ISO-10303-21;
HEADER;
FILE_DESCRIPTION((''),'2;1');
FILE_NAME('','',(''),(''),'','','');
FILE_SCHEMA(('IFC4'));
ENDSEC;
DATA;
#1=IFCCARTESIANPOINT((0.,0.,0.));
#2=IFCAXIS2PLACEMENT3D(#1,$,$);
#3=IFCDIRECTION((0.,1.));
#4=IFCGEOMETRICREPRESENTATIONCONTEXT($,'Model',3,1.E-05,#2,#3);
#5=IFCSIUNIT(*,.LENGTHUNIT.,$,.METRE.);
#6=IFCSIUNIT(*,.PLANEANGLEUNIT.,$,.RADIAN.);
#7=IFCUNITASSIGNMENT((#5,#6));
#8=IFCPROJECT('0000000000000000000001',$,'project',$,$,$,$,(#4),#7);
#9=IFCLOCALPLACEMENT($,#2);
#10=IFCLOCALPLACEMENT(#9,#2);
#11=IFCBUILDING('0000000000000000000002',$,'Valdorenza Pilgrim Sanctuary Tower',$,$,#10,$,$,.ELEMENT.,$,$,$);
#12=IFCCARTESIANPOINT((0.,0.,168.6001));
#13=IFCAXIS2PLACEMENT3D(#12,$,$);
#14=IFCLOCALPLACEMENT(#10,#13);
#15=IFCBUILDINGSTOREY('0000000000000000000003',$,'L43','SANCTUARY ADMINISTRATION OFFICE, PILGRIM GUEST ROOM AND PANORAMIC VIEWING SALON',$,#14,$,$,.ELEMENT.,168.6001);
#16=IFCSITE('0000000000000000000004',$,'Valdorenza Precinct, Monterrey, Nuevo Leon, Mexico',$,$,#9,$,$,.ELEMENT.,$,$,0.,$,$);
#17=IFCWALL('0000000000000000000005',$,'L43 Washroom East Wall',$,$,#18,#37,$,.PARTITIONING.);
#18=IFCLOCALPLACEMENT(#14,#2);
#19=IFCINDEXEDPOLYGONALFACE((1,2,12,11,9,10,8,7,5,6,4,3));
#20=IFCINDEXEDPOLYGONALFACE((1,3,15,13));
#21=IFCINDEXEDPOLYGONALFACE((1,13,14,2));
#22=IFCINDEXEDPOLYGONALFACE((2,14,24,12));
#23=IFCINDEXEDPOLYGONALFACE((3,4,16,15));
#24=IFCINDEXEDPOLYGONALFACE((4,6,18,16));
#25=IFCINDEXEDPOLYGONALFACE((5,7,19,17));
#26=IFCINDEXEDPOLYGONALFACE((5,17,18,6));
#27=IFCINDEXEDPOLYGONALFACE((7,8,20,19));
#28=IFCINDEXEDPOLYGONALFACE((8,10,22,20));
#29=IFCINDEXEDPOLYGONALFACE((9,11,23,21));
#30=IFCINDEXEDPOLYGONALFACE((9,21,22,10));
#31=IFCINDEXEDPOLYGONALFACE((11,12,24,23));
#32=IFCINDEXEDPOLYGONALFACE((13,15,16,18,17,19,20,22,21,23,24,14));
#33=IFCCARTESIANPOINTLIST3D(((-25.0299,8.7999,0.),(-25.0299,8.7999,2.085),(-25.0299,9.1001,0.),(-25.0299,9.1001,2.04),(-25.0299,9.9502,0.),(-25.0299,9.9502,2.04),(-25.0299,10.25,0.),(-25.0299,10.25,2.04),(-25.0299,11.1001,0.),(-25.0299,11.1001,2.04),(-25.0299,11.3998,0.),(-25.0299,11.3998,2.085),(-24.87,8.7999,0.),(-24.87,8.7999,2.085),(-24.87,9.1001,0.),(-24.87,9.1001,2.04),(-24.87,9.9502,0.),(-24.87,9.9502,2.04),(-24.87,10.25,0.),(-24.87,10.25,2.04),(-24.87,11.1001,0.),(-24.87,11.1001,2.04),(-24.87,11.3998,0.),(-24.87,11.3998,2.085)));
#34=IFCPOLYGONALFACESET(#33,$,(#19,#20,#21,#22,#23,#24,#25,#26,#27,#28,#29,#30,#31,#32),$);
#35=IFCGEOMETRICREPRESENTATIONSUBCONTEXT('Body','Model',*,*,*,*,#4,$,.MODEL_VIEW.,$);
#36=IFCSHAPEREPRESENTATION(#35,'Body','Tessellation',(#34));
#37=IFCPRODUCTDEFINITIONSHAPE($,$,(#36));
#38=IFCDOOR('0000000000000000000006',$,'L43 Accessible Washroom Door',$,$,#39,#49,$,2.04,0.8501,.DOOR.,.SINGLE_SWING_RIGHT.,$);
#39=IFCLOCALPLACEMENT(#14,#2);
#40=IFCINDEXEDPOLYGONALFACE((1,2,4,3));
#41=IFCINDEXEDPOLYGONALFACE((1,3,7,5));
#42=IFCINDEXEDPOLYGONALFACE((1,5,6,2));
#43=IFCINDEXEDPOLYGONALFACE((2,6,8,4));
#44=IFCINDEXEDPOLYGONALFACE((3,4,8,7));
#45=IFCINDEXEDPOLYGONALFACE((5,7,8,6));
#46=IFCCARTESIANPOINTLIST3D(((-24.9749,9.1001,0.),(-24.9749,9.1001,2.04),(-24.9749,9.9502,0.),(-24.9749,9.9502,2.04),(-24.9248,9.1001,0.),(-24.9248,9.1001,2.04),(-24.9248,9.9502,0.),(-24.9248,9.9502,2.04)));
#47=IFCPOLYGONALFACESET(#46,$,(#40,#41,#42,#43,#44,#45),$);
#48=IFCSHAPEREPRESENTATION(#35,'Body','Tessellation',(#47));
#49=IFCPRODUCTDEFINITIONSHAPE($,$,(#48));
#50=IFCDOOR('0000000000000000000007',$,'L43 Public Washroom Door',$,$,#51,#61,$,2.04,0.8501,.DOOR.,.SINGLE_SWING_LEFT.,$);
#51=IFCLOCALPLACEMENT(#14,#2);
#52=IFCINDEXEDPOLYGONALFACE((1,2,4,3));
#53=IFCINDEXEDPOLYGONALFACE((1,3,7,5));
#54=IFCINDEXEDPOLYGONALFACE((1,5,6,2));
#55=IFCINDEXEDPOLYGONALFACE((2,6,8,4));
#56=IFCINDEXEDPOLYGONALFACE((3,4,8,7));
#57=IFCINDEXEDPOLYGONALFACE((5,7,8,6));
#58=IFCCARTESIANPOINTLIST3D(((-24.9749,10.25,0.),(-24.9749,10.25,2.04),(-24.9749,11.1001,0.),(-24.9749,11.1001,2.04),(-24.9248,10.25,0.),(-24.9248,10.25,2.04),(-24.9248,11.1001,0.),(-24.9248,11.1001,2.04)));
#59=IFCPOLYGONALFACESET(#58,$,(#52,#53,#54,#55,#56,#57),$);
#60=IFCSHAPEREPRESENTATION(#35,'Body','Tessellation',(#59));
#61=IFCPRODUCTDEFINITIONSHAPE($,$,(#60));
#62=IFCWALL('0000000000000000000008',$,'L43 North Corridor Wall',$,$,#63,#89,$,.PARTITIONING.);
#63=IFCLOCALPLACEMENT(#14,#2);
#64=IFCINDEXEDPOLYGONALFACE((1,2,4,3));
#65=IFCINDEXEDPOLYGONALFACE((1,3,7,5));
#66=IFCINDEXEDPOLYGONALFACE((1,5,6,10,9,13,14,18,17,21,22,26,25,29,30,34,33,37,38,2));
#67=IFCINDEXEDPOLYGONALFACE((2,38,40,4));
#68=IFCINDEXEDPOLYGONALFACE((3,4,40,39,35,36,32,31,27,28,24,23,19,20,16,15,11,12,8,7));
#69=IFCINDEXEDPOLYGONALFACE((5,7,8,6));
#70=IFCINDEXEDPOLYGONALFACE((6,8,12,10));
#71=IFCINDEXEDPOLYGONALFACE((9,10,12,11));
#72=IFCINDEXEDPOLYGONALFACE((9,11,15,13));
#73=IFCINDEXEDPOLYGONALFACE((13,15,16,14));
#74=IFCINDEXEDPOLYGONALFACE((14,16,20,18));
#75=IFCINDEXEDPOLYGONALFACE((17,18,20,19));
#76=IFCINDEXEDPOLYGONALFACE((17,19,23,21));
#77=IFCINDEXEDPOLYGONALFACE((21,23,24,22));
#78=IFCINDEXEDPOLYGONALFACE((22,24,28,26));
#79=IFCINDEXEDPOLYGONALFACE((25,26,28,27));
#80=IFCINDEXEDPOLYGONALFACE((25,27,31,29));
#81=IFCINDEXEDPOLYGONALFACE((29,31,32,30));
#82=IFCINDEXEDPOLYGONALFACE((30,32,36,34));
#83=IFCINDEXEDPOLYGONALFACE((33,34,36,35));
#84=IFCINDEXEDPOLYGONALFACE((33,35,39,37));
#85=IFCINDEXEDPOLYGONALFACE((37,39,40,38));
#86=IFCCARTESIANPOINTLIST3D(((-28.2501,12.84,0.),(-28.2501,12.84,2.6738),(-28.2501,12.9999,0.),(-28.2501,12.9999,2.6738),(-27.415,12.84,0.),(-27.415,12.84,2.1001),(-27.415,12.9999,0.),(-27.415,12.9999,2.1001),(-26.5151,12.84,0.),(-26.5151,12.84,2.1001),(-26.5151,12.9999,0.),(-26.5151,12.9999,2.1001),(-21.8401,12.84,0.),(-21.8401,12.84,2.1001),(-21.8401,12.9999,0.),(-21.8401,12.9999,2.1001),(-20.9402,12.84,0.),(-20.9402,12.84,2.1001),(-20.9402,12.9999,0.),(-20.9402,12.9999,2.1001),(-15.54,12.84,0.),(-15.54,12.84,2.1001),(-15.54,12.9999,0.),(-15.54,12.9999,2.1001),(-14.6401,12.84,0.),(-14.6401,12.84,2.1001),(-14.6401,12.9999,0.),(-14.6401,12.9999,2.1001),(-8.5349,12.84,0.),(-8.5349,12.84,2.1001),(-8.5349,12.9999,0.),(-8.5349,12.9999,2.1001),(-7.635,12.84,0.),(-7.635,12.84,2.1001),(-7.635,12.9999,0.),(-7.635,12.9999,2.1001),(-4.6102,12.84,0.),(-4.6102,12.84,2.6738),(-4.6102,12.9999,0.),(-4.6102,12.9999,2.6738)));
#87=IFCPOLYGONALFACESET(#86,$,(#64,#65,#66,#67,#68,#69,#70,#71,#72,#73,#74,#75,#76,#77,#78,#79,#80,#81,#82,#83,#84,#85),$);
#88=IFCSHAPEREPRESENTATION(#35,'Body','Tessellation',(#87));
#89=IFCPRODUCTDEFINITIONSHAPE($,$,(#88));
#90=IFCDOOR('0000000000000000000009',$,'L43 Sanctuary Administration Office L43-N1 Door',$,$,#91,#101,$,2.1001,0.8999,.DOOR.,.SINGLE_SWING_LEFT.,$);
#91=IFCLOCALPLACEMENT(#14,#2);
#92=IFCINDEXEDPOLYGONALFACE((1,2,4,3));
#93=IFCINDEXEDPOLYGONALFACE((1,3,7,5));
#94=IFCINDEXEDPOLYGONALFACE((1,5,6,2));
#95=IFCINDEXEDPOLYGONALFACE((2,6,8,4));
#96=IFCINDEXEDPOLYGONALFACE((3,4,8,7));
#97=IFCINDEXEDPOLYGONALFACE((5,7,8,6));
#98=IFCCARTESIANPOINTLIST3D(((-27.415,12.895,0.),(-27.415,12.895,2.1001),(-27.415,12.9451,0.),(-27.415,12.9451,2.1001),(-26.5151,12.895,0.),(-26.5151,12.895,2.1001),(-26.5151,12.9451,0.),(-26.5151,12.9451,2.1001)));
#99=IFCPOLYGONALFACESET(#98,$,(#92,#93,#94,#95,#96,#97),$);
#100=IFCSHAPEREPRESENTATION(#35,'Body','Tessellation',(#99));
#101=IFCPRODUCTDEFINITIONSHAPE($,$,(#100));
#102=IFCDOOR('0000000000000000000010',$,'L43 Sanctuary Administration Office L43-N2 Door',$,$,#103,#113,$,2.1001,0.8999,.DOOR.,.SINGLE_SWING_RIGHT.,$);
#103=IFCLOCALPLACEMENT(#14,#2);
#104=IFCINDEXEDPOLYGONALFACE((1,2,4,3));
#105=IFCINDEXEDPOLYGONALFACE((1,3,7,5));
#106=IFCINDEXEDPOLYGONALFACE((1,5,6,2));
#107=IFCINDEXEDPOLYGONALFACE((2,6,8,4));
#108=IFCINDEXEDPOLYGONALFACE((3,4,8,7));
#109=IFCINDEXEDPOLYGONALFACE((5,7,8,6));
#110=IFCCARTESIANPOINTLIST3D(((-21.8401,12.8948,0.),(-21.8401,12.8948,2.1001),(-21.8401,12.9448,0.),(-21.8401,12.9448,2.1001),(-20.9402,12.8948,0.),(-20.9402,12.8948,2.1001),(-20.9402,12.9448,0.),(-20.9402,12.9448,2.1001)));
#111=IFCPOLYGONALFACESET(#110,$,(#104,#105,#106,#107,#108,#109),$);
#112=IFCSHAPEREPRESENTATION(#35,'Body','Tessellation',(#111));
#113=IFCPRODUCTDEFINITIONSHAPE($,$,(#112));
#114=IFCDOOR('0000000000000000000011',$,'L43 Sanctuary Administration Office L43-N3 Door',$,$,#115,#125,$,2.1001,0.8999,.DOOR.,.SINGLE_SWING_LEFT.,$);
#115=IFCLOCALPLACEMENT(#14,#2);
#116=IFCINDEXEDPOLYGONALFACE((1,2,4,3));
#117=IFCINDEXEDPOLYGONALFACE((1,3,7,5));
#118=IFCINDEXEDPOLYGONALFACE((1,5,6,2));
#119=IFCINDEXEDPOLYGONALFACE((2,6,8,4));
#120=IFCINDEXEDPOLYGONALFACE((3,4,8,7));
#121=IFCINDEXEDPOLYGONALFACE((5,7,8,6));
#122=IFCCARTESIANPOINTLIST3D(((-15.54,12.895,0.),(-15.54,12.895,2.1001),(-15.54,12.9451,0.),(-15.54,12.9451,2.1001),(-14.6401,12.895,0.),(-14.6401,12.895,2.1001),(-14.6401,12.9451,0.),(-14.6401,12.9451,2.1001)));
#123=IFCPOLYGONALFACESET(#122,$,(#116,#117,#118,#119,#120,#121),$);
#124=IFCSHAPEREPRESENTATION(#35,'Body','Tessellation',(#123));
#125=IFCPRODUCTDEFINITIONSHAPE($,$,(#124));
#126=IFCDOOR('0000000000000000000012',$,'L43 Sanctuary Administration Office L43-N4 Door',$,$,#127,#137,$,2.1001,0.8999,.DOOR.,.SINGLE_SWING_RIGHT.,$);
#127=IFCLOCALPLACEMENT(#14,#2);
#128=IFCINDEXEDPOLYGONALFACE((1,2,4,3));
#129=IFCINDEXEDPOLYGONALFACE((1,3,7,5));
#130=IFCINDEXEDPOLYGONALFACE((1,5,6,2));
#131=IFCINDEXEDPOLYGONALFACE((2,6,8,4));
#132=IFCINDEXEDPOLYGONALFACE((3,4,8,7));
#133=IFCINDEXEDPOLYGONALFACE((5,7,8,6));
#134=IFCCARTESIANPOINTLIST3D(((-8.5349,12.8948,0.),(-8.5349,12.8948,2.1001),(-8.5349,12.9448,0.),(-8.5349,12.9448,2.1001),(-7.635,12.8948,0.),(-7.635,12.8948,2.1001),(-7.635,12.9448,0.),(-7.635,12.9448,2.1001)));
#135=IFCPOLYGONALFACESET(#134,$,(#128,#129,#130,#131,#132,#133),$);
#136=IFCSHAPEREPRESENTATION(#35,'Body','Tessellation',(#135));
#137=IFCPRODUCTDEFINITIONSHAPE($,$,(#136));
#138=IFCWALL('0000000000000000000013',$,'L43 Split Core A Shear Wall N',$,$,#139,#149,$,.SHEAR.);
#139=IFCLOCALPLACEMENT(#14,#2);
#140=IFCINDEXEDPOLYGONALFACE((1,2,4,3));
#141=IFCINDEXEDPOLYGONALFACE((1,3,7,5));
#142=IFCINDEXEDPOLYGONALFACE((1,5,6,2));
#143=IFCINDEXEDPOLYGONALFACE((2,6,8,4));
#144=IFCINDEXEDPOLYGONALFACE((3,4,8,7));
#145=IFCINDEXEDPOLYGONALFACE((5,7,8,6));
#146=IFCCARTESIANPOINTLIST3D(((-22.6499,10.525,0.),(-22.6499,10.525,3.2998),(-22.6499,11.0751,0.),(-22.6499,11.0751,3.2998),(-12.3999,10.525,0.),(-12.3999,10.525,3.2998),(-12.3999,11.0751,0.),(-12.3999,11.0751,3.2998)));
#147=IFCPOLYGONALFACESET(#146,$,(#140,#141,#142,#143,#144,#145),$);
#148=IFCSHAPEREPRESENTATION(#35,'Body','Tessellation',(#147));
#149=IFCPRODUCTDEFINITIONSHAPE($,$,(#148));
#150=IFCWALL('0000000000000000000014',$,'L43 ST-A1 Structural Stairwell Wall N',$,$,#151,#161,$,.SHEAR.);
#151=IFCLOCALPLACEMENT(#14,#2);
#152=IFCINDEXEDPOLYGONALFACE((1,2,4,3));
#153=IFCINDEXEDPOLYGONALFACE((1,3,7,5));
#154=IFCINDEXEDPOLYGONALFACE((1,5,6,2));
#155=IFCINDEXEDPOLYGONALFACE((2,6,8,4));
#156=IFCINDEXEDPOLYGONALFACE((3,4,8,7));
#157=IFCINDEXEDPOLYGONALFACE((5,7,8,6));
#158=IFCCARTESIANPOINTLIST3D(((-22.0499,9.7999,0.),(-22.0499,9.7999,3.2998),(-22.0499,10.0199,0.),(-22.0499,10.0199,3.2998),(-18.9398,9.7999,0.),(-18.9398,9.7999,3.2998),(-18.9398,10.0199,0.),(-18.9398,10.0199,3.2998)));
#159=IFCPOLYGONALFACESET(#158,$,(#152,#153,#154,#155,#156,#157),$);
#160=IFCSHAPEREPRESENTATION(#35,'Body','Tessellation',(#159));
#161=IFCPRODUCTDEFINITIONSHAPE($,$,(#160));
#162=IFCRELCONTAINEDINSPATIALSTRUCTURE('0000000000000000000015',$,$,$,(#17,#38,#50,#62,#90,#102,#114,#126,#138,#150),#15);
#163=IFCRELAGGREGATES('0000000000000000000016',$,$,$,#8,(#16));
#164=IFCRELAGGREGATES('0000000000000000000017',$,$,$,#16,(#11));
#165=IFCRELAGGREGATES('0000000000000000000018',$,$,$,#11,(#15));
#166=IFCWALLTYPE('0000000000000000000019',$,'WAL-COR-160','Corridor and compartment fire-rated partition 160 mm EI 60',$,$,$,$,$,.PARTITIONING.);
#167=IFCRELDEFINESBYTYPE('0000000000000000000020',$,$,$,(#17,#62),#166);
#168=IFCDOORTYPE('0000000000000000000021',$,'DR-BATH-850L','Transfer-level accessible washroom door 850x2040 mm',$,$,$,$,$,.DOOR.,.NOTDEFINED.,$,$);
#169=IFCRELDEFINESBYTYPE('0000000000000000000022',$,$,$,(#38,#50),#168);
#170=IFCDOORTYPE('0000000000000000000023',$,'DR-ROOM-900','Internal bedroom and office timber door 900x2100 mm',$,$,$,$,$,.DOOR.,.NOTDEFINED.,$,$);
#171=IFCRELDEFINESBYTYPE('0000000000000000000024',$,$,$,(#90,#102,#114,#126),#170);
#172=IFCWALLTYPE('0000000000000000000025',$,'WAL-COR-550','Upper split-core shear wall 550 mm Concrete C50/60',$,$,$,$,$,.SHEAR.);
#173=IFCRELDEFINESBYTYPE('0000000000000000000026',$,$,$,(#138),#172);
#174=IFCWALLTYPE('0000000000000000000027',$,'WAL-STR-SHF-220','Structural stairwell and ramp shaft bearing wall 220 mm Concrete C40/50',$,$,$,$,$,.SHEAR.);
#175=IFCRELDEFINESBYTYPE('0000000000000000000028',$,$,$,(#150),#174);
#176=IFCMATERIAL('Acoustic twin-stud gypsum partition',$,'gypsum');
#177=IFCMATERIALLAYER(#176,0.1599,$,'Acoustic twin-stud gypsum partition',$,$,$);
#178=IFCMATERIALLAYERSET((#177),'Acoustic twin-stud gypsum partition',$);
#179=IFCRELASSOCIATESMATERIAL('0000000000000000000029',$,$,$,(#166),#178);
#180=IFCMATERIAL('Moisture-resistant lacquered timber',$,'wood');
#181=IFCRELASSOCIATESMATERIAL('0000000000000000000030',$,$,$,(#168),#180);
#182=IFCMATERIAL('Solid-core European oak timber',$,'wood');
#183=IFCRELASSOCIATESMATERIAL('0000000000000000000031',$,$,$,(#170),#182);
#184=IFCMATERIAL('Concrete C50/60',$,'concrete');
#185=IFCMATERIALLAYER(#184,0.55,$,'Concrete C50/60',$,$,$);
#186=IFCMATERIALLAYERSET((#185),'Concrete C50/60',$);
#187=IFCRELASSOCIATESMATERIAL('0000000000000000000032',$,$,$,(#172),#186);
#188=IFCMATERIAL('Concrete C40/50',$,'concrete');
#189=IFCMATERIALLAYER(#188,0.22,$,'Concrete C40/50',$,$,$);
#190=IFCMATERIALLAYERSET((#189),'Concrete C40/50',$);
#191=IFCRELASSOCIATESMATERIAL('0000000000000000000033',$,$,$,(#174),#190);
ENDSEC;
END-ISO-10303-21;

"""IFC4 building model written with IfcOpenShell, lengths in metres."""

from ifc_helpers import new_model, si_unit, direction, frame, frame_2d, origin, place, context, subcontext, project, spatial, rectangle, extrude, material, layer, layer_set, type_object, element, fill, save


model = new_model("IFC4")

# Units and contexts
model_context = context("Model", 3, precision=1e-05, world=origin(), true_north=direction((0.0, 1.0)))
body_context = subcontext(model_context, "Body", "Model", "MODEL_VIEW")
ifc_project = project(units=[si_unit("LENGTHUNIT", "METRE"), si_unit("PLANEANGLEUNIT", "RADIAN")], contexts=[model_context])

# Site, building, storey
site_placement = place(None, origin())
site = spatial("IfcSite", under=ifc_project, at=site_placement, Name="Valdorenza Precinct, Monterrey, Nuevo Leon, Mexico", CompositionType="ELEMENT", RefElevation=0.0)
building_placement = place(site_placement, origin())
building = spatial("IfcBuilding", under=site, at=building_placement, Name="Valdorenza Pilgrim Sanctuary Tower", CompositionType="ELEMENT")
storey_placement = place(building_placement, frame((0.0, 0.0, 168.6001)))
storey = spatial("IfcBuildingStorey", under=building, at=storey_placement, Name="L43", Description="SANCTUARY ADMINISTRATION OFFICE, PILGRIM GUEST ROOM AND PANORAMIC VIEWING SALON", CompositionType="ELEMENT", Elevation=168.6001)

# Walls, openings, doors
ifc_material_1 = material(Name="Acoustic twin-stud gypsum partition", Category="gypsum")
ifc_layer_1 = layer(ifc_material_1, 0.1599, Name="Acoustic twin-stud gypsum partition")
ifc_layer_set_1 = layer_set([ifc_layer_1], Name="Acoustic twin-stud gypsum partition")
wall_type_1 = type_object("IfcWallType", Name="WAL-COR-160", Description="Corridor and compartment fire-rated partition 160 mm EI 60", PredefinedType="PARTITIONING", material=ifc_layer_set_1)
wall_1_placement = place(storey_placement, frame((-24.95, 8.8, 0.0), z_axis=(0.0, 0.0, 1.0), x_axis=(0.0, 1.0, 0.0)))
wall_1 = element("IfcWall", 1, at=wall_1_placement, inside=storey, type_object=wall_type_1, Name="L43 Washroom East Wall", PredefinedType="PARTITIONING", context=body_context, shape_type="SweptSolid", body=[
    extrude(rectangle(XDim=2.5999, YDim=0.1599, at=frame_2d((1.2998, 0.0))), origin(), (0.0, 0.0, 1.0), 2.085),
])
opening_1_placement = place(wall_1_placement, frame((0.3, 0.0, 0.0)))
opening_1 = element("IfcOpeningElement", 2, at=opening_1_placement, cuts=wall_1, PredefinedType="OPENING", context=body_context, shape_type="SweptSolid", body=[
    extrude(rectangle(XDim=0.8501, YDim=2.04, at=frame_2d((0.425, 1.02))), frame((0.0, 0.0947, 0.0), z_axis=(0.0, -1.0, 0.0), x_axis=(1.0, 0.0, 0.0)), (0.0, 0.0, 1.0), 0.1897),
])
opening_2_placement = place(wall_1_placement, frame((1.45, 0.0, 0.0)))
opening_2 = element("IfcOpeningElement", 3, at=opening_2_placement, cuts=wall_1, PredefinedType="OPENING", context=body_context, shape_type="SweptSolid", body=[
    extrude(rectangle(XDim=0.8501, YDim=2.04, at=frame_2d((0.425, 1.02))), frame((0.0, 0.0947, 0.0), z_axis=(0.0, -1.0, 0.0), x_axis=(1.0, 0.0, 0.0)), (0.0, 0.0, 1.0), 0.1897),
])
ifc_material_2 = material(Name="Moisture-resistant lacquered timber", Category="wood")
door_type_1 = type_object("IfcDoorType", Name="DR-BATH-850L", Description="Transfer-level accessible washroom door 850x2040 mm", OperationType="NOTDEFINED", PredefinedType="DOOR", material=ifc_material_2)
door_1_placement = place(opening_1_placement, origin())
door_1 = element("IfcDoor", 4, at=door_1_placement, inside=storey, type_object=door_type_1, Name="L43 Accessible Washroom Door", OperationType="SINGLE_SWING_RIGHT", OverallHeight=2.04, OverallWidth=0.8501, PredefinedType="DOOR", context=body_context, shape_type="SweptSolid", body=[
    extrude(rectangle(XDim=0.8501, YDim=2.04, at=frame_2d((0.425, 1.02))), frame((0.0, 0.0249, 0.0), z_axis=(0.0, -1.0, 0.0), x_axis=(1.0, 0.0, 0.0)), (0.0, 0.0, 1.0), 0.05),
])
fill(opening_1, door_1)
door_2_placement = place(opening_2_placement, origin())
door_2 = element("IfcDoor", 5, at=door_2_placement, inside=storey, type_object=door_type_1, Name="L43 Public Washroom Door", OperationType="SINGLE_SWING_LEFT", OverallHeight=2.04, OverallWidth=0.8501, PredefinedType="DOOR", context=body_context, shape_type="SweptSolid", body=[
    extrude(rectangle(XDim=0.8501, YDim=2.04, at=frame_2d((0.425, 1.02))), frame((0.0, 0.0249, 0.0), z_axis=(0.0, -1.0, 0.0), x_axis=(1.0, 0.0, 0.0)), (0.0, 0.0, 1.0), 0.05),
])
fill(opening_2, door_2)
wall_2_placement = place(storey_placement, frame((-28.25, 12.9199, 0.0), z_axis=(0.0, 0.0, 1.0), x_axis=(1.0, 0.0, 0.0)))
wall_2 = element("IfcWall", 6, at=wall_2_placement, inside=storey, type_object=wall_type_1, Name="L43 North Corridor Wall", PredefinedType="PARTITIONING", context=body_context, shape_type="SweptSolid", body=[
    extrude(rectangle(XDim=23.6399, YDim=0.1599, at=frame_2d((11.8198, 0.0))), origin(), (0.0, 0.0, 1.0), 2.6738),
])
opening_3_placement = place(wall_2_placement, frame((0.835, 0.0, 0.0)))
opening_3 = element("IfcOpeningElement", 7, at=opening_3_placement, cuts=wall_2, PredefinedType="OPENING", context=body_context, shape_type="SweptSolid", body=[
    extrude(rectangle(XDim=0.8999, YDim=2.1001, at=frame_2d((0.45, 1.05))), frame((0.0, 0.0947, 0.0), z_axis=(0.0, -1.0, 0.0), x_axis=(1.0, 0.0, 0.0)), (0.0, 0.0, 1.0), 0.1897),
])
opening_4_placement = place(wall_2_placement, frame((6.4099, 0.0, 0.0)))
opening_4 = element("IfcOpeningElement", 8, at=opening_4_placement, cuts=wall_2, PredefinedType="OPENING", context=body_context, shape_type="SweptSolid", body=[
    extrude(rectangle(XDim=0.8999, YDim=2.1001, at=frame_2d((0.45, 1.05))), frame((0.0, 0.0947, 0.0), z_axis=(0.0, -1.0, 0.0), x_axis=(1.0, 0.0, 0.0)), (0.0, 0.0, 1.0), 0.1897),
])
opening_5_placement = place(wall_2_placement, frame((12.71, 0.0, 0.0)))
opening_5 = element("IfcOpeningElement", 9, at=opening_5_placement, cuts=wall_2, PredefinedType="OPENING", context=body_context, shape_type="SweptSolid", body=[
    extrude(rectangle(XDim=0.8999, YDim=2.1001, at=frame_2d((0.45, 1.05))), frame((0.0, 0.0947, 0.0), z_axis=(0.0, -1.0, 0.0), x_axis=(1.0, 0.0, 0.0)), (0.0, 0.0, 1.0), 0.1897),
])
opening_6_placement = place(wall_2_placement, frame((19.7151, 0.0, 0.0)))
opening_6 = element("IfcOpeningElement", 10, at=opening_6_placement, cuts=wall_2, PredefinedType="OPENING", context=body_context, shape_type="SweptSolid", body=[
    extrude(rectangle(XDim=0.8999, YDim=2.1001, at=frame_2d((0.45, 1.05))), frame((0.0, 0.0947, 0.0), z_axis=(0.0, -1.0, 0.0), x_axis=(1.0, 0.0, 0.0)), (0.0, 0.0, 1.0), 0.1897),
])
ifc_material_3 = material(Name="Solid-core European oak timber", Category="wood")
door_type_2 = type_object("IfcDoorType", Name="DR-ROOM-900", Description="Internal bedroom and office timber door 900x2100 mm", OperationType="NOTDEFINED", PredefinedType="DOOR", material=ifc_material_3)
door_3_placement = place(opening_3_placement, frame((0.8999, 0.0, 0.0), z_axis=(0.0, 0.0, 1.0), x_axis=(-1.0, 0.0, 0.0)))
door_3 = element("IfcDoor", 11, at=door_3_placement, inside=storey, type_object=door_type_2, Name="L43 Sanctuary Administration Office L43-N1 Door", OperationType="SINGLE_SWING_LEFT", OverallHeight=2.1001, OverallWidth=0.8999, PredefinedType="DOOR", context=body_context, shape_type="SweptSolid", body=[
    extrude(rectangle(XDim=0.8999, YDim=2.1001, at=frame_2d((0.45, 1.05))), frame((0.0, 0.0249, 0.0), z_axis=(0.0, -1.0, 0.0), x_axis=(1.0, 0.0, 0.0)), (0.0, 0.0, 1.0), 0.05),
])
fill(opening_3, door_3)
door_4_placement = place(opening_4_placement, origin())
door_4 = element("IfcDoor", 12, at=door_4_placement, inside=storey, type_object=door_type_2, Name="L43 Sanctuary Administration Office L43-N2 Door", OperationType="SINGLE_SWING_RIGHT", OverallHeight=2.1001, OverallWidth=0.8999, PredefinedType="DOOR", context=body_context, shape_type="SweptSolid", body=[
    extrude(rectangle(XDim=0.8999, YDim=2.1001, at=frame_2d((0.45, 1.05))), frame((0.0, 0.0249, 0.0), z_axis=(0.0, -1.0, 0.0), x_axis=(1.0, 0.0, 0.0)), (0.0, 0.0, 1.0), 0.05),
])
fill(opening_4, door_4)
door_5_placement = place(opening_5_placement, frame((0.8999, 0.0, 0.0), z_axis=(0.0, 0.0, 1.0), x_axis=(-1.0, 0.0, 0.0)))
door_5 = element("IfcDoor", 13, at=door_5_placement, inside=storey, type_object=door_type_2, Name="L43 Sanctuary Administration Office L43-N3 Door", OperationType="SINGLE_SWING_LEFT", OverallHeight=2.1001, OverallWidth=0.8999, PredefinedType="DOOR", context=body_context, shape_type="SweptSolid", body=[
    extrude(rectangle(XDim=0.8999, YDim=2.1001, at=frame_2d((0.45, 1.05))), frame((0.0, 0.0249, 0.0), z_axis=(0.0, -1.0, 0.0), x_axis=(1.0, 0.0, 0.0)), (0.0, 0.0, 1.0), 0.05),
])
fill(opening_5, door_5)
door_6_placement = place(opening_6_placement, origin())
door_6 = element("IfcDoor", 14, at=door_6_placement, inside=storey, type_object=door_type_2, Name="L43 Sanctuary Administration Office L43-N4 Door", OperationType="SINGLE_SWING_RIGHT", OverallHeight=2.1001, OverallWidth=0.8999, PredefinedType="DOOR", context=body_context, shape_type="SweptSolid", body=[
    extrude(rectangle(XDim=0.8999, YDim=2.1001, at=frame_2d((0.45, 1.05))), frame((0.0, 0.0249, 0.0), z_axis=(0.0, -1.0, 0.0), x_axis=(1.0, 0.0, 0.0)), (0.0, 0.0, 1.0), 0.05),
])
fill(opening_6, door_6)

# Walls
ifc_material_4 = material(Name="Concrete C50/60", Category="concrete")
ifc_layer_2 = layer(ifc_material_4, 0.55, Name="Concrete C50/60")
ifc_layer_set_2 = layer_set([ifc_layer_2], Name="Concrete C50/60")
wall_type_2 = type_object("IfcWallType", Name="WAL-COR-550", Description="Upper split-core shear wall 550 mm Concrete C50/60", PredefinedType="SHEAR", material=ifc_layer_set_2)
wall_3_placement = place(storey_placement, frame((-22.6499, 10.8, 0.0), z_axis=(0.0, 0.0, 1.0), x_axis=(1.0, 0.0, 0.0)))
element("IfcWall", 15, at=wall_3_placement, inside=storey, type_object=wall_type_2, Name="L43 Split Core A Shear Wall N", PredefinedType="SHEAR", context=body_context, shape_type="SweptSolid", body=[
    extrude(rectangle(XDim=10.25, YDim=0.55, at=frame_2d((5.125, 0.0))), origin(), (0.0, 0.0, 1.0), 3.2998),
])
ifc_material_5 = material(Name="Concrete C40/50", Category="concrete")
ifc_layer_3 = layer(ifc_material_5, 0.22, Name="Concrete C40/50")
ifc_layer_set_3 = layer_set([ifc_layer_3], Name="Concrete C40/50")
wall_type_3 = type_object("IfcWallType", Name="WAL-STR-SHF-220", Description="Structural stairwell and ramp shaft bearing wall 220 mm Concrete C40/50", PredefinedType="SHEAR", material=ifc_layer_set_3)
wall_4_placement = place(storey_placement, frame((-22.05, 9.9099, 0.0), z_axis=(0.0, 0.0, 1.0), x_axis=(1.0, 0.0, 0.0)))
element("IfcWall", 16, at=wall_4_placement, inside=storey, type_object=wall_type_3, Name="L43 ST-A1 Structural Stairwell Wall N", PredefinedType="SHEAR", context=body_context, shape_type="SweptSolid", body=[
    extrude(rectangle(XDim=3.1101, YDim=0.22, at=frame_2d((1.5552, 0.0))), origin(), (0.0, 0.0, 1.0), 3.2998),
])

save(model, "model.ifc")
